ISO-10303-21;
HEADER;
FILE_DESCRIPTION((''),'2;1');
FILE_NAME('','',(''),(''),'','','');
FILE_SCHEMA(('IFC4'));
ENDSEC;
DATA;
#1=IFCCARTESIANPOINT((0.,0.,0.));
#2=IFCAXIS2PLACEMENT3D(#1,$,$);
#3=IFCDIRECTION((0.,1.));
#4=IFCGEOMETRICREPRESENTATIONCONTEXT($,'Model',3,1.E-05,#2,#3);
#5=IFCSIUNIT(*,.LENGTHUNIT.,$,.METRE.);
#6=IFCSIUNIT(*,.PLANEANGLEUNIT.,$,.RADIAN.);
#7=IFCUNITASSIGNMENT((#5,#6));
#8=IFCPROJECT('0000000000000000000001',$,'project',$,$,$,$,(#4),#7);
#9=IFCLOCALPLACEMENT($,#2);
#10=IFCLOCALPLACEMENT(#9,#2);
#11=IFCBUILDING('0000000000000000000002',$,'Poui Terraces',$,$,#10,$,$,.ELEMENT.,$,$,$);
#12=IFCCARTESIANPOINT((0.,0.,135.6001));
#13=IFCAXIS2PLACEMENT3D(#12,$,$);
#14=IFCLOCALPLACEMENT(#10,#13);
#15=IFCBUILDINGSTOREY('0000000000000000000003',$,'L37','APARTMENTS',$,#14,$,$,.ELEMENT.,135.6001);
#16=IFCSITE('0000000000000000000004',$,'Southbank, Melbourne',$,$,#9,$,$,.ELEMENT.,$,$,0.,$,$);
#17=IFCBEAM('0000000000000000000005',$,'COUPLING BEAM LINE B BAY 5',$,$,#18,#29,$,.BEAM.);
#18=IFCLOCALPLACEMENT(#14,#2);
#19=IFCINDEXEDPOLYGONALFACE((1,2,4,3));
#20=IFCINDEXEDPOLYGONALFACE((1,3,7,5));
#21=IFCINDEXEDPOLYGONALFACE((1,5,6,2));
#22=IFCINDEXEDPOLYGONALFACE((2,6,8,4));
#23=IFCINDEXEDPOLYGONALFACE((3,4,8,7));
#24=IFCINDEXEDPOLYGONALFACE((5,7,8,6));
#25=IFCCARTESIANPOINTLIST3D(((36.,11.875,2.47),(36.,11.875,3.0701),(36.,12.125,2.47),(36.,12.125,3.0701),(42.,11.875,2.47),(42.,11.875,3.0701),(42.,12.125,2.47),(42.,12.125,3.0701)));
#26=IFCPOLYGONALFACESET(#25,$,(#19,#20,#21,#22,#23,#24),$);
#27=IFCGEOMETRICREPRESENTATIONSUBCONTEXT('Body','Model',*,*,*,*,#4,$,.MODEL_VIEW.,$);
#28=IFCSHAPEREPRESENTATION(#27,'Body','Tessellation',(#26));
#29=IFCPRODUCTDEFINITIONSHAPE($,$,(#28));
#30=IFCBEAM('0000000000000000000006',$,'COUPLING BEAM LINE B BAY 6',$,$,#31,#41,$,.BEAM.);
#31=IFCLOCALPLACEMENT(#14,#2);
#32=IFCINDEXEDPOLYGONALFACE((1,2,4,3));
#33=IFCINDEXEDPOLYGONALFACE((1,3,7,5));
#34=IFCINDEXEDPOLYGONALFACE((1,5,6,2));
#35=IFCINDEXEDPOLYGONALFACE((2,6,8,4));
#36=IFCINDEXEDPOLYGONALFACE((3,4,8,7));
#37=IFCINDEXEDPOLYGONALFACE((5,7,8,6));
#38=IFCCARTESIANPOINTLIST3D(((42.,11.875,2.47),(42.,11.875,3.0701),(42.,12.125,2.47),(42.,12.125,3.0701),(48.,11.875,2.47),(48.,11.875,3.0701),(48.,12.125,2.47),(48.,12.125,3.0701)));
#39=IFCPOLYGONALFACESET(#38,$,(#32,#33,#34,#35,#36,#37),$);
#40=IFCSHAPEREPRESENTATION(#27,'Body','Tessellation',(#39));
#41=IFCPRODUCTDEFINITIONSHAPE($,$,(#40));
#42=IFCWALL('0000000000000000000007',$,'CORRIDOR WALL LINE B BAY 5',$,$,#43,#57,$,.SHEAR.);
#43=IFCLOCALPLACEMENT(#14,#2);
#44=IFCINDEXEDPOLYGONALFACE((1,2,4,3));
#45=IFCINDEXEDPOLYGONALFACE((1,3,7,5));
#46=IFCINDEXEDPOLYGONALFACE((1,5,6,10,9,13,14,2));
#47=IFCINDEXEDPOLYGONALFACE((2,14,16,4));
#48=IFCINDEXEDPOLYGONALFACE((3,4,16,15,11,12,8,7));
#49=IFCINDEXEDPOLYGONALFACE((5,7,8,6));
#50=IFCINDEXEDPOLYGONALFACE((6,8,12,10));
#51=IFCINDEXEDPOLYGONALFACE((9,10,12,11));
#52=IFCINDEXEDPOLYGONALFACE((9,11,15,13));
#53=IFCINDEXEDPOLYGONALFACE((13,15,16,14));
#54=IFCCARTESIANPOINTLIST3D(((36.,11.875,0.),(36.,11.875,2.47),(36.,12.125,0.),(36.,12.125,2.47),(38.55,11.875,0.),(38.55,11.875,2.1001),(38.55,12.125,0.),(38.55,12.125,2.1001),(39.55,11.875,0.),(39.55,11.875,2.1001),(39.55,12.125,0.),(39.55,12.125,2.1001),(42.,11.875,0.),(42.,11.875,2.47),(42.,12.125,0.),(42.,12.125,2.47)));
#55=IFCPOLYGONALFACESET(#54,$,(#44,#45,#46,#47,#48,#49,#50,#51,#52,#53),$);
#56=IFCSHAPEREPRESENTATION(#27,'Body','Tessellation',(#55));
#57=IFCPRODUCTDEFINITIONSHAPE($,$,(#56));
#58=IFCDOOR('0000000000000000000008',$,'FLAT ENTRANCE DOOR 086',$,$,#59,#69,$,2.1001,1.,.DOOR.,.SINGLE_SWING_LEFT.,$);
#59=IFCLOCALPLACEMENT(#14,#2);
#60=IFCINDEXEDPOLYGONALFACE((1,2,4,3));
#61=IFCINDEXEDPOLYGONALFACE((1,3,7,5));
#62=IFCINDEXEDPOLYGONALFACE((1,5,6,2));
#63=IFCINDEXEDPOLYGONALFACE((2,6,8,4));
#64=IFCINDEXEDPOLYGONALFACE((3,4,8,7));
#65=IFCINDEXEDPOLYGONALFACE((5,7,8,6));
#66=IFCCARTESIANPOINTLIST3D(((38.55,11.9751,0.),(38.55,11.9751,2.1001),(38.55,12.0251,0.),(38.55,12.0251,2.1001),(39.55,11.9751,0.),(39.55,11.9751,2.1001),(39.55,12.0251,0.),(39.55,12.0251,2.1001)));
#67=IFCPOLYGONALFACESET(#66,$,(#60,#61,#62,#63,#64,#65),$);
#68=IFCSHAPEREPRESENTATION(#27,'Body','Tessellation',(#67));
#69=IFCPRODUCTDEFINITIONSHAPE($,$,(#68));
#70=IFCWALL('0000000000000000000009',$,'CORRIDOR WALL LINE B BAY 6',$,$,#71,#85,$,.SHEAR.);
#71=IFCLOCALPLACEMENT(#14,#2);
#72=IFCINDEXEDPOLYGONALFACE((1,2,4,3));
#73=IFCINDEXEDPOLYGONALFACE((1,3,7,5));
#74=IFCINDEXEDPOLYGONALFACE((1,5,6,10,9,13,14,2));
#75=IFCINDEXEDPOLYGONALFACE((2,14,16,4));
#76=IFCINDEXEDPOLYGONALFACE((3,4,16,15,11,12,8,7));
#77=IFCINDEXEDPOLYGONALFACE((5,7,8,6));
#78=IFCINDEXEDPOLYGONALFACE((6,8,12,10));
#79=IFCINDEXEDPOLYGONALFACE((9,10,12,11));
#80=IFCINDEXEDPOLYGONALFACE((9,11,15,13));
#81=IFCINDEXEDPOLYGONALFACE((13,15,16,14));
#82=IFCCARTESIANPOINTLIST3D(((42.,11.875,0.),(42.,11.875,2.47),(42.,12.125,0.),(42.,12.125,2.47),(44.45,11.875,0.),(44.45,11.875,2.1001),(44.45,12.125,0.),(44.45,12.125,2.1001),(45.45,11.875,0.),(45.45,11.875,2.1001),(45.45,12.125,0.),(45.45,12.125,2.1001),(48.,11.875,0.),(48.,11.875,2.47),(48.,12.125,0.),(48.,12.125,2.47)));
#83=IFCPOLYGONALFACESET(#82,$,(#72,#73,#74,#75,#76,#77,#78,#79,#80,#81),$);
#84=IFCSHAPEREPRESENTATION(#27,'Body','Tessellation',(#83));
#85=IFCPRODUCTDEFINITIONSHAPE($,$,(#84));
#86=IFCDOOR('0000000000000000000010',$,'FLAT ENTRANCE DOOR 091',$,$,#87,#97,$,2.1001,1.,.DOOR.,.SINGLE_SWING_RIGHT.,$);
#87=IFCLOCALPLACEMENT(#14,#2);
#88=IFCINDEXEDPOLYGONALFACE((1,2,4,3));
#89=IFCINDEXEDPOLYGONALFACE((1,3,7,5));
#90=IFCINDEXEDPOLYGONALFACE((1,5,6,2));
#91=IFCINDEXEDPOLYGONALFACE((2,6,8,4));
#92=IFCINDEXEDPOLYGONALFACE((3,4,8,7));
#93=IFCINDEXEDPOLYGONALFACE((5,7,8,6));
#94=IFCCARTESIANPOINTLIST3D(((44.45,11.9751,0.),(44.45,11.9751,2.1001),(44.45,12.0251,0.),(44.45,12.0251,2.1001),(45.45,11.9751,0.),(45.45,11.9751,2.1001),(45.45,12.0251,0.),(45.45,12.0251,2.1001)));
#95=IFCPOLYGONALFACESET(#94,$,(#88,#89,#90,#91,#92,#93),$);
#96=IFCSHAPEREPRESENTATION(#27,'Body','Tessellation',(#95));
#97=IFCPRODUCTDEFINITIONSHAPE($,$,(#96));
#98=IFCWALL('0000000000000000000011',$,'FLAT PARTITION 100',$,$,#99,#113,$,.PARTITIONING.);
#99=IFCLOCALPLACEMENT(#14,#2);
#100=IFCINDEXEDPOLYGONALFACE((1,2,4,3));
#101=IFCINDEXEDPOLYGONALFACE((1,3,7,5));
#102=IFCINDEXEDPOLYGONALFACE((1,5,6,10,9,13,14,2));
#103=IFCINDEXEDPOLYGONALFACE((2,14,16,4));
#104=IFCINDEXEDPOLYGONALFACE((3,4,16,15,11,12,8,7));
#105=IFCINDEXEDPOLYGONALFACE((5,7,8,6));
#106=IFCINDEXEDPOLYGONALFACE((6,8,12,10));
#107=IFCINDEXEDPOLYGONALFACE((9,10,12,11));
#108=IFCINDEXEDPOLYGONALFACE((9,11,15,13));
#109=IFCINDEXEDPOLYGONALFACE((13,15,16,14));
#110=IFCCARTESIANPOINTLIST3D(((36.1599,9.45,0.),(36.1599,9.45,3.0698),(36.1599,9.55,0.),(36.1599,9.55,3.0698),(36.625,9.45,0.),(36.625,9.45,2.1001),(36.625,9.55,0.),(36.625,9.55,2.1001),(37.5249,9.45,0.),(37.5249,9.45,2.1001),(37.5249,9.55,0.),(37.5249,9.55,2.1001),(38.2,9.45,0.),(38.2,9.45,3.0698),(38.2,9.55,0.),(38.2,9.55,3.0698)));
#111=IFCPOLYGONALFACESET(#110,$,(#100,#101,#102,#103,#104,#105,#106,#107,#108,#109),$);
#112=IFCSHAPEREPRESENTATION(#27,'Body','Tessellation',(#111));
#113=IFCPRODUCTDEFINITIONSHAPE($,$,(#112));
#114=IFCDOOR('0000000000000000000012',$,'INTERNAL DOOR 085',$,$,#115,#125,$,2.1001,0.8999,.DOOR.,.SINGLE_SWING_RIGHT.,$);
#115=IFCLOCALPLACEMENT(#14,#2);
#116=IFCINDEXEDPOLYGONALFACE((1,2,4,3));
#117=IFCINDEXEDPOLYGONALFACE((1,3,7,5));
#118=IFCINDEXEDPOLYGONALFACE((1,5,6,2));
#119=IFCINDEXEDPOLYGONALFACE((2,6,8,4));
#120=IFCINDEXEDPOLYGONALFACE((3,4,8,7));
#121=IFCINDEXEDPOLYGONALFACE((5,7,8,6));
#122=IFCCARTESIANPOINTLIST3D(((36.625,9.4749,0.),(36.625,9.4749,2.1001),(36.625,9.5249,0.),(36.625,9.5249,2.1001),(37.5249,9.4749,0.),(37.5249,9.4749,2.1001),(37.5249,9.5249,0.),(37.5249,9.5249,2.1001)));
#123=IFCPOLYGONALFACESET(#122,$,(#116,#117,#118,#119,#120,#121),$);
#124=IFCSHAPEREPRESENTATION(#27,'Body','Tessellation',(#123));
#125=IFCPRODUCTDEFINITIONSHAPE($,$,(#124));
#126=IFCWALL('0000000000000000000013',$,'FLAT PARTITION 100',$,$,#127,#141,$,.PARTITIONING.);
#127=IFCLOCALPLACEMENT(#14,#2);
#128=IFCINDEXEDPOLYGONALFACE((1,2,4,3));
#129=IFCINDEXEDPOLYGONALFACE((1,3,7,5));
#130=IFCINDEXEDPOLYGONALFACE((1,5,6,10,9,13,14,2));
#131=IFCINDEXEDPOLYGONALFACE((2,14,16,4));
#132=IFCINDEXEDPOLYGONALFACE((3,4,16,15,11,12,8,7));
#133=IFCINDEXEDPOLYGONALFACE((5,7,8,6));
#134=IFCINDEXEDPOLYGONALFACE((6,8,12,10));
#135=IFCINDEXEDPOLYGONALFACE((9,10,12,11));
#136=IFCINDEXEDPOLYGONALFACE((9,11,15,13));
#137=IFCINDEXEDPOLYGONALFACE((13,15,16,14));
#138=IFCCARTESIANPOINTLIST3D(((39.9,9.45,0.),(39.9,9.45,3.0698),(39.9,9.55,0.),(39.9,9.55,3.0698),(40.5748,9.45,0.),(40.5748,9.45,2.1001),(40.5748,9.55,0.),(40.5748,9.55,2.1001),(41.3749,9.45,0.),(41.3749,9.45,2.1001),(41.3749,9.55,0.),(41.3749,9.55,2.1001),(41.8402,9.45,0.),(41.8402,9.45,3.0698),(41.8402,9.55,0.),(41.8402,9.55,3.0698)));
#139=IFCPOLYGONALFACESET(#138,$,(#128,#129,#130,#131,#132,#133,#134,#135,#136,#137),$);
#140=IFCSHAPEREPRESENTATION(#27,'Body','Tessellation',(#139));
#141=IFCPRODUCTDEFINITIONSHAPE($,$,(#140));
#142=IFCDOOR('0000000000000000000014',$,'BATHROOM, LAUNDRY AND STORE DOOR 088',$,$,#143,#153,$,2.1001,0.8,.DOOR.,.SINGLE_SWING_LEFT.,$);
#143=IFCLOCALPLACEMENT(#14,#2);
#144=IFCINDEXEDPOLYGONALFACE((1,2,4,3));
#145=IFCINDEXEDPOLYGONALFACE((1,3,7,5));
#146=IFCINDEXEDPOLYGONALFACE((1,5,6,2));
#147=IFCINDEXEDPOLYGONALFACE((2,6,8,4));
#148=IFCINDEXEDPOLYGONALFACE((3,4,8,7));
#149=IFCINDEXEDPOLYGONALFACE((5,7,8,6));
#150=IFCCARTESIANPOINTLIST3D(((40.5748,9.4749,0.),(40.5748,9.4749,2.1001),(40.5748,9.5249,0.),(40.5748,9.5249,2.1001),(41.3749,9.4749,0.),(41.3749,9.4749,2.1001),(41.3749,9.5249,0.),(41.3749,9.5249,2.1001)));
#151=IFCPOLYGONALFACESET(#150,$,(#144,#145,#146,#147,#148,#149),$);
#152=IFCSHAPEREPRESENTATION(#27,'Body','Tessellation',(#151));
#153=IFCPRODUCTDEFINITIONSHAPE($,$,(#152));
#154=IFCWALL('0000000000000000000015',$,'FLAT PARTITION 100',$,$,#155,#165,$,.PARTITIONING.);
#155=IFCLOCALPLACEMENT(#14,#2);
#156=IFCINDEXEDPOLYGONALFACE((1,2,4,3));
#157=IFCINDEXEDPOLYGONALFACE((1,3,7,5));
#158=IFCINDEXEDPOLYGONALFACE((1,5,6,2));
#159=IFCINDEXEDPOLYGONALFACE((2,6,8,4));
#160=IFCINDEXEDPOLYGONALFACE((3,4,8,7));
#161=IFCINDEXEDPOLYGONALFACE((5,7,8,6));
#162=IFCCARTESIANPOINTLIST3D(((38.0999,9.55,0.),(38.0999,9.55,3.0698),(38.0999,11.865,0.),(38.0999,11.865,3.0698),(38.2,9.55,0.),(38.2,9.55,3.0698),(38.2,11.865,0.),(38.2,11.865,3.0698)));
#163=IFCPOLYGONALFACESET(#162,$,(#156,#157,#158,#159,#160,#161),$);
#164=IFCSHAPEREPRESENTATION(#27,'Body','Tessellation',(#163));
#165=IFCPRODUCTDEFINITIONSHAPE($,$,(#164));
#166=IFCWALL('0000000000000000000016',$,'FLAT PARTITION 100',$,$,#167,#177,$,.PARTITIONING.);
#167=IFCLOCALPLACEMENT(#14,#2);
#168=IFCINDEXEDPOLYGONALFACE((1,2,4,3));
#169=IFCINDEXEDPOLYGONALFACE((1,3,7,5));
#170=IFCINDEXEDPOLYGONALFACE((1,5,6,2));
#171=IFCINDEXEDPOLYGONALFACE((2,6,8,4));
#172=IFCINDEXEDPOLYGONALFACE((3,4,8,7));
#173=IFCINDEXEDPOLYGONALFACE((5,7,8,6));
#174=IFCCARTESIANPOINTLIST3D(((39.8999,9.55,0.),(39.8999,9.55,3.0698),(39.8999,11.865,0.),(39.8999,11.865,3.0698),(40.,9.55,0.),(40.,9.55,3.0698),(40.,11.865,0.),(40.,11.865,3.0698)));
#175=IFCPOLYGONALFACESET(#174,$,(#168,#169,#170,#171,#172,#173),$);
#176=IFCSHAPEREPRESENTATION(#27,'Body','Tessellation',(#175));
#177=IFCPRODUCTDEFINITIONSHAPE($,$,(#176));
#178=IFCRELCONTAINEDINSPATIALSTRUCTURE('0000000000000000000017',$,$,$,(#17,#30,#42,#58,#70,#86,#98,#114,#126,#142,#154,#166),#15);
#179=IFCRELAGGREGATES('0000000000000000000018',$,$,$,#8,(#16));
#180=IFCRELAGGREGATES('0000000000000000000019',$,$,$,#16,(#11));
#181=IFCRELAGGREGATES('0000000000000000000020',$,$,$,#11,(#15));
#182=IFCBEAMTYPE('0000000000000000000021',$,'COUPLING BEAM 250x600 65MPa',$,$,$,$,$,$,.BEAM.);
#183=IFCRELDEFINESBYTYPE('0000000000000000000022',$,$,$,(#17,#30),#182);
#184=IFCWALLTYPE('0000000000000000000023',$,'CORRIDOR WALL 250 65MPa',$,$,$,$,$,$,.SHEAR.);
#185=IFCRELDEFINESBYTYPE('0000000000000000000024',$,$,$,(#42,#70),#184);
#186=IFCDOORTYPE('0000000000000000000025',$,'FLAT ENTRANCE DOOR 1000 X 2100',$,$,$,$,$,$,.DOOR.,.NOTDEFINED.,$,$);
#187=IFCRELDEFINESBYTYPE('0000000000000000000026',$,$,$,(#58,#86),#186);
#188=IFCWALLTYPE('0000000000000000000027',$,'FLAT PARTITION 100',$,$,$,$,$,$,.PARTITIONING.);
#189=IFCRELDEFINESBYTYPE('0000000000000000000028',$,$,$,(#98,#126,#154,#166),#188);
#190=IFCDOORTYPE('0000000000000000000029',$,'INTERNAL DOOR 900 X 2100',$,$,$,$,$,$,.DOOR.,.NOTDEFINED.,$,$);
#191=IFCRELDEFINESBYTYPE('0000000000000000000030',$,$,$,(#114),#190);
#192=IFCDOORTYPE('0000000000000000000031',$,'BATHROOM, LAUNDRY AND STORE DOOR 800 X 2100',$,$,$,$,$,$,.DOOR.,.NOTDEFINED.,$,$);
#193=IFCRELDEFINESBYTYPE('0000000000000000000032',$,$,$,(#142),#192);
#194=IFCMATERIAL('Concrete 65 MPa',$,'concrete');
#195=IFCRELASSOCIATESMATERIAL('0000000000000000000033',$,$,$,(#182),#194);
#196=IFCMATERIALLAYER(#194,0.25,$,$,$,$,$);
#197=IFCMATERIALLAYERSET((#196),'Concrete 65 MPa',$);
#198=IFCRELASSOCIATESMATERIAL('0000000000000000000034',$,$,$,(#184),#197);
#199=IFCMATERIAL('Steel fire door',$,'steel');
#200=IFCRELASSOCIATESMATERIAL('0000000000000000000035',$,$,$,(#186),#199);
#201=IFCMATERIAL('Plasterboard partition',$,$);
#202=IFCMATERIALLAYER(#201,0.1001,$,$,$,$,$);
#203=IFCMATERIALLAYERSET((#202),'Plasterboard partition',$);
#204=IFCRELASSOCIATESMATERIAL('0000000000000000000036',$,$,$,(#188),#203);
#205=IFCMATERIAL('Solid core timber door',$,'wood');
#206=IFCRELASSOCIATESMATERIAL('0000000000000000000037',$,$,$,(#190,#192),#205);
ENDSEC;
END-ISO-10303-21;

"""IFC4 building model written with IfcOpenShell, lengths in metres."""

from ifc_helpers import new_model, si_unit, direction, frame, frame_2d, origin, origin_2d, place, context, subcontext, project, spatial, rectangle, extrude, source, transform, mapped, material, layer, layer_set, material_profile, profile_set, type_object, element, fill, save


model = new_model("IFC4")

# Units and contexts
model_context = context("Model", 3, precision=1e-05, world=origin(), true_north=direction((0.0, 1.0)))
body_context = subcontext(model_context, "Body", "Model", "MODEL_VIEW")
ifc_project = project(units=[si_unit("LENGTHUNIT", "METRE"), si_unit("PLANEANGLEUNIT", "RADIAN")], contexts=[model_context])

# Site, building, storey
site_placement = place(None, origin())
site = spatial("IfcSite", under=ifc_project, at=site_placement, Name="Southbank, Melbourne", CompositionType="ELEMENT", RefElevation=0.0)
building_placement = place(site_placement, origin())
building = spatial("IfcBuilding", under=site, at=building_placement, Name="Poui Terraces", CompositionType="ELEMENT")
storey_placement = place(building_placement, frame((0.0, 0.0, 135.6001)))
storey = spatial("IfcBuildingStorey", under=building, at=storey_placement, Name="L37", Description="APARTMENTS", CompositionType="ELEMENT", Elevation=135.6001)

# Beams
ifc_material_1 = material(Name="Concrete 65 MPa", Category="concrete")
ifc_material_profile = material_profile(ifc_material_1, rectangle(XDim=0.25, YDim=0.6001, at=origin_2d()), Name="RC 250x600")
ifc_profile_set = profile_set([ifc_material_profile], Name="Concrete 65 MPa")
beam_type = type_object("IfcBeamType", Name="COUPLING BEAM 250x600 65MPa", PredefinedType="BEAM", material=ifc_profile_set)
shared_shape = source(origin(), body_context, "Body", "SweptSolid", [
    extrude(rectangle(XDim=0.25, YDim=0.6001, at=origin_2d()), origin(), (0.0, 0.0, 1.0), 6.0),
])
for number, where, z_axis, x_axis, name in (
    (1, (36.0, 12.0, 2.77), (1.0, 0.0, 0.0), (0.0, 1.0, 0.0), "COUPLING BEAM LINE B BAY 5"),
    (2, (42.0, 12.0, 2.77), (1.0, 0.0, 0.0), (0.0, 1.0, 0.0), "COUPLING BEAM LINE B BAY 6"),
):
    element("IfcBeam", number, at=place(storey_placement, frame(where, z_axis=z_axis, x_axis=x_axis)), inside=storey, type_object=beam_type, Name=name, PredefinedType="BEAM", context=body_context, shape_type="MappedRepresentation", body=[
        mapped(shared_shape, transform((0.0, 0.0, 0.0))),
    ])

# Walls, openings, doors
ifc_layer_1 = layer(ifc_material_1, 0.25)
ifc_layer_set_1 = layer_set([ifc_layer_1], Name="Concrete 65 MPa")
wall_type_1 = type_object("IfcWallType", Name="CORRIDOR WALL 250 65MPa", PredefinedType="SHEAR", material=ifc_layer_set_1)
wall_1_placement = place(storey_placement, frame((36.0, 12.0, 0.0), z_axis=(0.0, 0.0, 1.0), x_axis=(1.0, 0.0, 0.0)))
wall_1 = element("IfcWall", 3, at=wall_1_placement, inside=storey, type_object=wall_type_1, Name="CORRIDOR WALL LINE B BAY 5", PredefinedType="SHEAR", context=body_context, shape_type="SweptSolid", body=[
    extrude(rectangle(XDim=6.0, YDim=0.25, at=frame_2d((3.0, 0.0))), origin(), (0.0, 0.0, 1.0), 2.47),
])
opening_1_placement = place(wall_1_placement, frame((2.55, 0.0, 0.0)))
opening_1 = element("IfcOpeningElement", 4, at=opening_1_placement, cuts=wall_1, PredefinedType="OPENING", context=body_context, shape_type="SweptSolid", body=[
    extrude(rectangle(XDim=1.0, YDim=2.1001, at=frame_2d((0.5, 1.05))), frame((0.0, 0.135, 0.0), z_axis=(0.0, -1.0, 0.0), x_axis=(1.0, 0.0, 0.0)), (0.0, 0.0, 1.0), 0.27),
])
ifc_material_2 = material(Name="Steel fire door", Category="steel")
door_type_1 = type_object("IfcDoorType", Name="FLAT ENTRANCE DOOR 1000 X 2100", OperationType="NOTDEFINED", PredefinedType="DOOR", material=ifc_material_2)
door_1_placement = place(opening_1_placement, frame((1.0, 0.0, 0.0), z_axis=(0.0, 0.0, 1.0), x_axis=(-1.0, 0.0, 0.0)))
door_1 = element("IfcDoor", 5, at=door_1_placement, inside=storey, type_object=door_type_1, Name="FLAT ENTRANCE DOOR 086", OperationType="SINGLE_SWING_LEFT", OverallHeight=2.1001, OverallWidth=1.0, PredefinedType="DOOR", context=body_context, shape_type="SweptSolid", body=[
    extrude(rectangle(XDim=1.0, YDim=2.1001, at=frame_2d((0.5, 1.05))), frame((0.0, 0.0249, 0.0), z_axis=(0.0, -1.0, 0.0), x_axis=(1.0, 0.0, 0.0)), (0.0, 0.0, 1.0), 0.05),
])
fill(opening_1, door_1)
wall_2_placement = place(storey_placement, frame((42.0, 12.0, 0.0), z_axis=(0.0, 0.0, 1.0), x_axis=(1.0, 0.0, 0.0)))
wall_2 = element("IfcWall", 6, at=wall_2_placement, inside=storey, type_object=wall_type_1, Name="CORRIDOR WALL LINE B BAY 6", PredefinedType="SHEAR", context=body_context, shape_type="SweptSolid", body=[
    extrude(rectangle(XDim=6.0, YDim=0.25, at=frame_2d((3.0, 0.0))), origin(), (0.0, 0.0, 1.0), 2.47),
])
opening_2_placement = place(wall_2_placement, frame((2.45, 0.0, 0.0)))
opening_2 = element("IfcOpeningElement", 7, at=opening_2_placement, cuts=wall_2, PredefinedType="OPENING", context=body_context, shape_type="SweptSolid", body=[
    extrude(rectangle(XDim=1.0, YDim=2.1001, at=frame_2d((0.5, 1.05))), frame((0.0, 0.135, 0.0), z_axis=(0.0, -1.0, 0.0), x_axis=(1.0, 0.0, 0.0)), (0.0, 0.0, 1.0), 0.27),
])
door_2_placement = place(opening_2_placement, frame((1.0, 0.0, 0.0), z_axis=(0.0, 0.0, 1.0), x_axis=(-1.0, 0.0, 0.0)))
door_2 = element("IfcDoor", 8, at=door_2_placement, inside=storey, type_object=door_type_1, Name="FLAT ENTRANCE DOOR 091", OperationType="SINGLE_SWING_RIGHT", OverallHeight=2.1001, OverallWidth=1.0, PredefinedType="DOOR", context=body_context, shape_type="SweptSolid", body=[
    extrude(rectangle(XDim=1.0, YDim=2.1001, at=frame_2d((0.5, 1.05))), frame((0.0, 0.0249, 0.0), z_axis=(0.0, -1.0, 0.0), x_axis=(1.0, 0.0, 0.0)), (0.0, 0.0, 1.0), 0.05),
])
fill(opening_2, door_2)
ifc_material_3 = material(Name="Plasterboard partition")
ifc_layer_2 = layer(ifc_material_3, 0.1001)
ifc_layer_set_2 = layer_set([ifc_layer_2], Name="Plasterboard partition")
wall_type_2 = type_object("IfcWallType", Name="FLAT PARTITION 100", PredefinedType="PARTITIONING", material=ifc_layer_set_2)
wall_3_placement = place(storey_placement, frame((36.1599, 9.5, 0.0), z_axis=(0.0, 0.0, 1.0), x_axis=(1.0, 0.0, 0.0)))
wall_3 = element("IfcWall", 9, at=wall_3_placement, inside=storey, type_object=wall_type_2, Name="FLAT PARTITION 100", PredefinedType="PARTITIONING", context=body_context, shape_type="SweptSolid", body=[
    extrude(rectangle(XDim=2.04, YDim=0.1001, at=frame_2d((1.02, 0.0))), origin(), (0.0, 0.0, 1.0), 3.0698),
])
opening_3_placement = place(wall_3_placement, frame((0.4651, 0.0, 0.0)))
opening_3 = element("IfcOpeningElement", 10, at=opening_3_placement, cuts=wall_3, PredefinedType="OPENING", context=body_context, shape_type="SweptSolid", body=[
    extrude(rectangle(XDim=0.8999, YDim=2.1001, at=frame_2d((0.45, 1.05))), frame((0.0, 0.0601, 0.0), z_axis=(0.0, -1.0, 0.0), x_axis=(1.0, 0.0, 0.0)), (0.0, 0.0, 1.0), 0.1201),
])
ifc_material_4 = material(Name="Solid core timber door", Category="wood")
door_type_2 = type_object("IfcDoorType", Name="INTERNAL DOOR 900 X 2100", OperationType="NOTDEFINED", PredefinedType="DOOR", material=ifc_material_4)
door_3_placement = place(opening_3_placement, origin())
door_3 = element("IfcDoor", 11, at=door_3_placement, inside=storey, type_object=door_type_2, Name="INTERNAL DOOR 085", OperationType="SINGLE_SWING_RIGHT", OverallHeight=2.1001, OverallWidth=0.8999, PredefinedType="DOOR", context=body_context, shape_type="SweptSolid", body=[
    extrude(rectangle(XDim=0.8999, YDim=2.1001, at=frame_2d((0.45, 1.05))), frame((0.0, 0.0249, 0.0), z_axis=(0.0, -1.0, 0.0), x_axis=(1.0, 0.0, 0.0)), (0.0, 0.0, 1.0), 0.05),
])
fill(opening_3, door_3)
wall_4_placement = place(storey_placement, frame((39.8999, 9.5, 0.0), z_axis=(0.0, 0.0, 1.0), x_axis=(1.0, 0.0, 0.0)))
wall_4 = element("IfcWall", 12, at=wall_4_placement, inside=storey, type_object=wall_type_2, Name="FLAT PARTITION 100", PredefinedType="PARTITIONING", context=body_context, shape_type="SweptSolid", body=[
    extrude(rectangle(XDim=1.9402, YDim=0.1001, at=frame_2d((0.9702, 0.0))), origin(), (0.0, 0.0, 1.0), 3.0698),
])
opening_4_placement = place(wall_4_placement, frame((0.675, 0.0, 0.0)))
opening_4 = element("IfcOpeningElement", 13, at=opening_4_placement, cuts=wall_4, PredefinedType="OPENING", context=body_context, shape_type="SweptSolid", body=[
    extrude(rectangle(XDim=0.8, YDim=2.1001, at=frame_2d((0.3999, 1.05))), frame((0.0, 0.0601, 0.0), z_axis=(0.0, -1.0, 0.0), x_axis=(1.0, 0.0, 0.0)), (0.0, 0.0, 1.0), 0.1201),
])
door_type_3 = type_object("IfcDoorType", Name="BATHROOM, LAUNDRY AND STORE DOOR 800 X 2100", OperationType="NOTDEFINED", PredefinedType="DOOR", material=ifc_material_4)
door_4_placement = place(opening_4_placement, origin())
door_4 = element("IfcDoor", 14, at=door_4_placement, inside=storey, type_object=door_type_3, Name="BATHROOM, LAUNDRY AND STORE DOOR 088", OperationType="SINGLE_SWING_LEFT", OverallHeight=2.1001, OverallWidth=0.8, PredefinedType="DOOR", context=body_context, shape_type="SweptSolid", body=[
    extrude(rectangle(XDim=0.8, YDim=2.1001, at=frame_2d((0.3999, 1.05))), frame((0.0, 0.0249, 0.0), z_axis=(0.0, -1.0, 0.0), x_axis=(1.0, 0.0, 0.0)), (0.0, 0.0, 1.0), 0.05),
])
fill(opening_4, door_4)

# Walls
for number, where, z_axis, x_axis, name in (
    (15, (38.1499, 9.55, 0.0), (0.0, 0.0, 1.0), (0.0, 1.0, 0.0), "FLAT PARTITION 100"),
    (16, (39.95, 9.55, 0.0), (0.0, 0.0, 1.0), (0.0, 1.0, 0.0), "FLAT PARTITION 100"),
):
    element("IfcWall", number, at=place(storey_placement, frame(where, z_axis=z_axis, x_axis=x_axis)), inside=storey, type_object=wall_type_2, Name=name, PredefinedType="PARTITIONING", context=body_context, shape_type="SweptSolid", body=[
        extrude(rectangle(XDim=2.3149, YDim=0.1001, at=frame_2d((1.1575, 0.0))), origin(), (0.0, 0.0, 1.0), 3.0698),
    ])

save(model, "model.ifc")
